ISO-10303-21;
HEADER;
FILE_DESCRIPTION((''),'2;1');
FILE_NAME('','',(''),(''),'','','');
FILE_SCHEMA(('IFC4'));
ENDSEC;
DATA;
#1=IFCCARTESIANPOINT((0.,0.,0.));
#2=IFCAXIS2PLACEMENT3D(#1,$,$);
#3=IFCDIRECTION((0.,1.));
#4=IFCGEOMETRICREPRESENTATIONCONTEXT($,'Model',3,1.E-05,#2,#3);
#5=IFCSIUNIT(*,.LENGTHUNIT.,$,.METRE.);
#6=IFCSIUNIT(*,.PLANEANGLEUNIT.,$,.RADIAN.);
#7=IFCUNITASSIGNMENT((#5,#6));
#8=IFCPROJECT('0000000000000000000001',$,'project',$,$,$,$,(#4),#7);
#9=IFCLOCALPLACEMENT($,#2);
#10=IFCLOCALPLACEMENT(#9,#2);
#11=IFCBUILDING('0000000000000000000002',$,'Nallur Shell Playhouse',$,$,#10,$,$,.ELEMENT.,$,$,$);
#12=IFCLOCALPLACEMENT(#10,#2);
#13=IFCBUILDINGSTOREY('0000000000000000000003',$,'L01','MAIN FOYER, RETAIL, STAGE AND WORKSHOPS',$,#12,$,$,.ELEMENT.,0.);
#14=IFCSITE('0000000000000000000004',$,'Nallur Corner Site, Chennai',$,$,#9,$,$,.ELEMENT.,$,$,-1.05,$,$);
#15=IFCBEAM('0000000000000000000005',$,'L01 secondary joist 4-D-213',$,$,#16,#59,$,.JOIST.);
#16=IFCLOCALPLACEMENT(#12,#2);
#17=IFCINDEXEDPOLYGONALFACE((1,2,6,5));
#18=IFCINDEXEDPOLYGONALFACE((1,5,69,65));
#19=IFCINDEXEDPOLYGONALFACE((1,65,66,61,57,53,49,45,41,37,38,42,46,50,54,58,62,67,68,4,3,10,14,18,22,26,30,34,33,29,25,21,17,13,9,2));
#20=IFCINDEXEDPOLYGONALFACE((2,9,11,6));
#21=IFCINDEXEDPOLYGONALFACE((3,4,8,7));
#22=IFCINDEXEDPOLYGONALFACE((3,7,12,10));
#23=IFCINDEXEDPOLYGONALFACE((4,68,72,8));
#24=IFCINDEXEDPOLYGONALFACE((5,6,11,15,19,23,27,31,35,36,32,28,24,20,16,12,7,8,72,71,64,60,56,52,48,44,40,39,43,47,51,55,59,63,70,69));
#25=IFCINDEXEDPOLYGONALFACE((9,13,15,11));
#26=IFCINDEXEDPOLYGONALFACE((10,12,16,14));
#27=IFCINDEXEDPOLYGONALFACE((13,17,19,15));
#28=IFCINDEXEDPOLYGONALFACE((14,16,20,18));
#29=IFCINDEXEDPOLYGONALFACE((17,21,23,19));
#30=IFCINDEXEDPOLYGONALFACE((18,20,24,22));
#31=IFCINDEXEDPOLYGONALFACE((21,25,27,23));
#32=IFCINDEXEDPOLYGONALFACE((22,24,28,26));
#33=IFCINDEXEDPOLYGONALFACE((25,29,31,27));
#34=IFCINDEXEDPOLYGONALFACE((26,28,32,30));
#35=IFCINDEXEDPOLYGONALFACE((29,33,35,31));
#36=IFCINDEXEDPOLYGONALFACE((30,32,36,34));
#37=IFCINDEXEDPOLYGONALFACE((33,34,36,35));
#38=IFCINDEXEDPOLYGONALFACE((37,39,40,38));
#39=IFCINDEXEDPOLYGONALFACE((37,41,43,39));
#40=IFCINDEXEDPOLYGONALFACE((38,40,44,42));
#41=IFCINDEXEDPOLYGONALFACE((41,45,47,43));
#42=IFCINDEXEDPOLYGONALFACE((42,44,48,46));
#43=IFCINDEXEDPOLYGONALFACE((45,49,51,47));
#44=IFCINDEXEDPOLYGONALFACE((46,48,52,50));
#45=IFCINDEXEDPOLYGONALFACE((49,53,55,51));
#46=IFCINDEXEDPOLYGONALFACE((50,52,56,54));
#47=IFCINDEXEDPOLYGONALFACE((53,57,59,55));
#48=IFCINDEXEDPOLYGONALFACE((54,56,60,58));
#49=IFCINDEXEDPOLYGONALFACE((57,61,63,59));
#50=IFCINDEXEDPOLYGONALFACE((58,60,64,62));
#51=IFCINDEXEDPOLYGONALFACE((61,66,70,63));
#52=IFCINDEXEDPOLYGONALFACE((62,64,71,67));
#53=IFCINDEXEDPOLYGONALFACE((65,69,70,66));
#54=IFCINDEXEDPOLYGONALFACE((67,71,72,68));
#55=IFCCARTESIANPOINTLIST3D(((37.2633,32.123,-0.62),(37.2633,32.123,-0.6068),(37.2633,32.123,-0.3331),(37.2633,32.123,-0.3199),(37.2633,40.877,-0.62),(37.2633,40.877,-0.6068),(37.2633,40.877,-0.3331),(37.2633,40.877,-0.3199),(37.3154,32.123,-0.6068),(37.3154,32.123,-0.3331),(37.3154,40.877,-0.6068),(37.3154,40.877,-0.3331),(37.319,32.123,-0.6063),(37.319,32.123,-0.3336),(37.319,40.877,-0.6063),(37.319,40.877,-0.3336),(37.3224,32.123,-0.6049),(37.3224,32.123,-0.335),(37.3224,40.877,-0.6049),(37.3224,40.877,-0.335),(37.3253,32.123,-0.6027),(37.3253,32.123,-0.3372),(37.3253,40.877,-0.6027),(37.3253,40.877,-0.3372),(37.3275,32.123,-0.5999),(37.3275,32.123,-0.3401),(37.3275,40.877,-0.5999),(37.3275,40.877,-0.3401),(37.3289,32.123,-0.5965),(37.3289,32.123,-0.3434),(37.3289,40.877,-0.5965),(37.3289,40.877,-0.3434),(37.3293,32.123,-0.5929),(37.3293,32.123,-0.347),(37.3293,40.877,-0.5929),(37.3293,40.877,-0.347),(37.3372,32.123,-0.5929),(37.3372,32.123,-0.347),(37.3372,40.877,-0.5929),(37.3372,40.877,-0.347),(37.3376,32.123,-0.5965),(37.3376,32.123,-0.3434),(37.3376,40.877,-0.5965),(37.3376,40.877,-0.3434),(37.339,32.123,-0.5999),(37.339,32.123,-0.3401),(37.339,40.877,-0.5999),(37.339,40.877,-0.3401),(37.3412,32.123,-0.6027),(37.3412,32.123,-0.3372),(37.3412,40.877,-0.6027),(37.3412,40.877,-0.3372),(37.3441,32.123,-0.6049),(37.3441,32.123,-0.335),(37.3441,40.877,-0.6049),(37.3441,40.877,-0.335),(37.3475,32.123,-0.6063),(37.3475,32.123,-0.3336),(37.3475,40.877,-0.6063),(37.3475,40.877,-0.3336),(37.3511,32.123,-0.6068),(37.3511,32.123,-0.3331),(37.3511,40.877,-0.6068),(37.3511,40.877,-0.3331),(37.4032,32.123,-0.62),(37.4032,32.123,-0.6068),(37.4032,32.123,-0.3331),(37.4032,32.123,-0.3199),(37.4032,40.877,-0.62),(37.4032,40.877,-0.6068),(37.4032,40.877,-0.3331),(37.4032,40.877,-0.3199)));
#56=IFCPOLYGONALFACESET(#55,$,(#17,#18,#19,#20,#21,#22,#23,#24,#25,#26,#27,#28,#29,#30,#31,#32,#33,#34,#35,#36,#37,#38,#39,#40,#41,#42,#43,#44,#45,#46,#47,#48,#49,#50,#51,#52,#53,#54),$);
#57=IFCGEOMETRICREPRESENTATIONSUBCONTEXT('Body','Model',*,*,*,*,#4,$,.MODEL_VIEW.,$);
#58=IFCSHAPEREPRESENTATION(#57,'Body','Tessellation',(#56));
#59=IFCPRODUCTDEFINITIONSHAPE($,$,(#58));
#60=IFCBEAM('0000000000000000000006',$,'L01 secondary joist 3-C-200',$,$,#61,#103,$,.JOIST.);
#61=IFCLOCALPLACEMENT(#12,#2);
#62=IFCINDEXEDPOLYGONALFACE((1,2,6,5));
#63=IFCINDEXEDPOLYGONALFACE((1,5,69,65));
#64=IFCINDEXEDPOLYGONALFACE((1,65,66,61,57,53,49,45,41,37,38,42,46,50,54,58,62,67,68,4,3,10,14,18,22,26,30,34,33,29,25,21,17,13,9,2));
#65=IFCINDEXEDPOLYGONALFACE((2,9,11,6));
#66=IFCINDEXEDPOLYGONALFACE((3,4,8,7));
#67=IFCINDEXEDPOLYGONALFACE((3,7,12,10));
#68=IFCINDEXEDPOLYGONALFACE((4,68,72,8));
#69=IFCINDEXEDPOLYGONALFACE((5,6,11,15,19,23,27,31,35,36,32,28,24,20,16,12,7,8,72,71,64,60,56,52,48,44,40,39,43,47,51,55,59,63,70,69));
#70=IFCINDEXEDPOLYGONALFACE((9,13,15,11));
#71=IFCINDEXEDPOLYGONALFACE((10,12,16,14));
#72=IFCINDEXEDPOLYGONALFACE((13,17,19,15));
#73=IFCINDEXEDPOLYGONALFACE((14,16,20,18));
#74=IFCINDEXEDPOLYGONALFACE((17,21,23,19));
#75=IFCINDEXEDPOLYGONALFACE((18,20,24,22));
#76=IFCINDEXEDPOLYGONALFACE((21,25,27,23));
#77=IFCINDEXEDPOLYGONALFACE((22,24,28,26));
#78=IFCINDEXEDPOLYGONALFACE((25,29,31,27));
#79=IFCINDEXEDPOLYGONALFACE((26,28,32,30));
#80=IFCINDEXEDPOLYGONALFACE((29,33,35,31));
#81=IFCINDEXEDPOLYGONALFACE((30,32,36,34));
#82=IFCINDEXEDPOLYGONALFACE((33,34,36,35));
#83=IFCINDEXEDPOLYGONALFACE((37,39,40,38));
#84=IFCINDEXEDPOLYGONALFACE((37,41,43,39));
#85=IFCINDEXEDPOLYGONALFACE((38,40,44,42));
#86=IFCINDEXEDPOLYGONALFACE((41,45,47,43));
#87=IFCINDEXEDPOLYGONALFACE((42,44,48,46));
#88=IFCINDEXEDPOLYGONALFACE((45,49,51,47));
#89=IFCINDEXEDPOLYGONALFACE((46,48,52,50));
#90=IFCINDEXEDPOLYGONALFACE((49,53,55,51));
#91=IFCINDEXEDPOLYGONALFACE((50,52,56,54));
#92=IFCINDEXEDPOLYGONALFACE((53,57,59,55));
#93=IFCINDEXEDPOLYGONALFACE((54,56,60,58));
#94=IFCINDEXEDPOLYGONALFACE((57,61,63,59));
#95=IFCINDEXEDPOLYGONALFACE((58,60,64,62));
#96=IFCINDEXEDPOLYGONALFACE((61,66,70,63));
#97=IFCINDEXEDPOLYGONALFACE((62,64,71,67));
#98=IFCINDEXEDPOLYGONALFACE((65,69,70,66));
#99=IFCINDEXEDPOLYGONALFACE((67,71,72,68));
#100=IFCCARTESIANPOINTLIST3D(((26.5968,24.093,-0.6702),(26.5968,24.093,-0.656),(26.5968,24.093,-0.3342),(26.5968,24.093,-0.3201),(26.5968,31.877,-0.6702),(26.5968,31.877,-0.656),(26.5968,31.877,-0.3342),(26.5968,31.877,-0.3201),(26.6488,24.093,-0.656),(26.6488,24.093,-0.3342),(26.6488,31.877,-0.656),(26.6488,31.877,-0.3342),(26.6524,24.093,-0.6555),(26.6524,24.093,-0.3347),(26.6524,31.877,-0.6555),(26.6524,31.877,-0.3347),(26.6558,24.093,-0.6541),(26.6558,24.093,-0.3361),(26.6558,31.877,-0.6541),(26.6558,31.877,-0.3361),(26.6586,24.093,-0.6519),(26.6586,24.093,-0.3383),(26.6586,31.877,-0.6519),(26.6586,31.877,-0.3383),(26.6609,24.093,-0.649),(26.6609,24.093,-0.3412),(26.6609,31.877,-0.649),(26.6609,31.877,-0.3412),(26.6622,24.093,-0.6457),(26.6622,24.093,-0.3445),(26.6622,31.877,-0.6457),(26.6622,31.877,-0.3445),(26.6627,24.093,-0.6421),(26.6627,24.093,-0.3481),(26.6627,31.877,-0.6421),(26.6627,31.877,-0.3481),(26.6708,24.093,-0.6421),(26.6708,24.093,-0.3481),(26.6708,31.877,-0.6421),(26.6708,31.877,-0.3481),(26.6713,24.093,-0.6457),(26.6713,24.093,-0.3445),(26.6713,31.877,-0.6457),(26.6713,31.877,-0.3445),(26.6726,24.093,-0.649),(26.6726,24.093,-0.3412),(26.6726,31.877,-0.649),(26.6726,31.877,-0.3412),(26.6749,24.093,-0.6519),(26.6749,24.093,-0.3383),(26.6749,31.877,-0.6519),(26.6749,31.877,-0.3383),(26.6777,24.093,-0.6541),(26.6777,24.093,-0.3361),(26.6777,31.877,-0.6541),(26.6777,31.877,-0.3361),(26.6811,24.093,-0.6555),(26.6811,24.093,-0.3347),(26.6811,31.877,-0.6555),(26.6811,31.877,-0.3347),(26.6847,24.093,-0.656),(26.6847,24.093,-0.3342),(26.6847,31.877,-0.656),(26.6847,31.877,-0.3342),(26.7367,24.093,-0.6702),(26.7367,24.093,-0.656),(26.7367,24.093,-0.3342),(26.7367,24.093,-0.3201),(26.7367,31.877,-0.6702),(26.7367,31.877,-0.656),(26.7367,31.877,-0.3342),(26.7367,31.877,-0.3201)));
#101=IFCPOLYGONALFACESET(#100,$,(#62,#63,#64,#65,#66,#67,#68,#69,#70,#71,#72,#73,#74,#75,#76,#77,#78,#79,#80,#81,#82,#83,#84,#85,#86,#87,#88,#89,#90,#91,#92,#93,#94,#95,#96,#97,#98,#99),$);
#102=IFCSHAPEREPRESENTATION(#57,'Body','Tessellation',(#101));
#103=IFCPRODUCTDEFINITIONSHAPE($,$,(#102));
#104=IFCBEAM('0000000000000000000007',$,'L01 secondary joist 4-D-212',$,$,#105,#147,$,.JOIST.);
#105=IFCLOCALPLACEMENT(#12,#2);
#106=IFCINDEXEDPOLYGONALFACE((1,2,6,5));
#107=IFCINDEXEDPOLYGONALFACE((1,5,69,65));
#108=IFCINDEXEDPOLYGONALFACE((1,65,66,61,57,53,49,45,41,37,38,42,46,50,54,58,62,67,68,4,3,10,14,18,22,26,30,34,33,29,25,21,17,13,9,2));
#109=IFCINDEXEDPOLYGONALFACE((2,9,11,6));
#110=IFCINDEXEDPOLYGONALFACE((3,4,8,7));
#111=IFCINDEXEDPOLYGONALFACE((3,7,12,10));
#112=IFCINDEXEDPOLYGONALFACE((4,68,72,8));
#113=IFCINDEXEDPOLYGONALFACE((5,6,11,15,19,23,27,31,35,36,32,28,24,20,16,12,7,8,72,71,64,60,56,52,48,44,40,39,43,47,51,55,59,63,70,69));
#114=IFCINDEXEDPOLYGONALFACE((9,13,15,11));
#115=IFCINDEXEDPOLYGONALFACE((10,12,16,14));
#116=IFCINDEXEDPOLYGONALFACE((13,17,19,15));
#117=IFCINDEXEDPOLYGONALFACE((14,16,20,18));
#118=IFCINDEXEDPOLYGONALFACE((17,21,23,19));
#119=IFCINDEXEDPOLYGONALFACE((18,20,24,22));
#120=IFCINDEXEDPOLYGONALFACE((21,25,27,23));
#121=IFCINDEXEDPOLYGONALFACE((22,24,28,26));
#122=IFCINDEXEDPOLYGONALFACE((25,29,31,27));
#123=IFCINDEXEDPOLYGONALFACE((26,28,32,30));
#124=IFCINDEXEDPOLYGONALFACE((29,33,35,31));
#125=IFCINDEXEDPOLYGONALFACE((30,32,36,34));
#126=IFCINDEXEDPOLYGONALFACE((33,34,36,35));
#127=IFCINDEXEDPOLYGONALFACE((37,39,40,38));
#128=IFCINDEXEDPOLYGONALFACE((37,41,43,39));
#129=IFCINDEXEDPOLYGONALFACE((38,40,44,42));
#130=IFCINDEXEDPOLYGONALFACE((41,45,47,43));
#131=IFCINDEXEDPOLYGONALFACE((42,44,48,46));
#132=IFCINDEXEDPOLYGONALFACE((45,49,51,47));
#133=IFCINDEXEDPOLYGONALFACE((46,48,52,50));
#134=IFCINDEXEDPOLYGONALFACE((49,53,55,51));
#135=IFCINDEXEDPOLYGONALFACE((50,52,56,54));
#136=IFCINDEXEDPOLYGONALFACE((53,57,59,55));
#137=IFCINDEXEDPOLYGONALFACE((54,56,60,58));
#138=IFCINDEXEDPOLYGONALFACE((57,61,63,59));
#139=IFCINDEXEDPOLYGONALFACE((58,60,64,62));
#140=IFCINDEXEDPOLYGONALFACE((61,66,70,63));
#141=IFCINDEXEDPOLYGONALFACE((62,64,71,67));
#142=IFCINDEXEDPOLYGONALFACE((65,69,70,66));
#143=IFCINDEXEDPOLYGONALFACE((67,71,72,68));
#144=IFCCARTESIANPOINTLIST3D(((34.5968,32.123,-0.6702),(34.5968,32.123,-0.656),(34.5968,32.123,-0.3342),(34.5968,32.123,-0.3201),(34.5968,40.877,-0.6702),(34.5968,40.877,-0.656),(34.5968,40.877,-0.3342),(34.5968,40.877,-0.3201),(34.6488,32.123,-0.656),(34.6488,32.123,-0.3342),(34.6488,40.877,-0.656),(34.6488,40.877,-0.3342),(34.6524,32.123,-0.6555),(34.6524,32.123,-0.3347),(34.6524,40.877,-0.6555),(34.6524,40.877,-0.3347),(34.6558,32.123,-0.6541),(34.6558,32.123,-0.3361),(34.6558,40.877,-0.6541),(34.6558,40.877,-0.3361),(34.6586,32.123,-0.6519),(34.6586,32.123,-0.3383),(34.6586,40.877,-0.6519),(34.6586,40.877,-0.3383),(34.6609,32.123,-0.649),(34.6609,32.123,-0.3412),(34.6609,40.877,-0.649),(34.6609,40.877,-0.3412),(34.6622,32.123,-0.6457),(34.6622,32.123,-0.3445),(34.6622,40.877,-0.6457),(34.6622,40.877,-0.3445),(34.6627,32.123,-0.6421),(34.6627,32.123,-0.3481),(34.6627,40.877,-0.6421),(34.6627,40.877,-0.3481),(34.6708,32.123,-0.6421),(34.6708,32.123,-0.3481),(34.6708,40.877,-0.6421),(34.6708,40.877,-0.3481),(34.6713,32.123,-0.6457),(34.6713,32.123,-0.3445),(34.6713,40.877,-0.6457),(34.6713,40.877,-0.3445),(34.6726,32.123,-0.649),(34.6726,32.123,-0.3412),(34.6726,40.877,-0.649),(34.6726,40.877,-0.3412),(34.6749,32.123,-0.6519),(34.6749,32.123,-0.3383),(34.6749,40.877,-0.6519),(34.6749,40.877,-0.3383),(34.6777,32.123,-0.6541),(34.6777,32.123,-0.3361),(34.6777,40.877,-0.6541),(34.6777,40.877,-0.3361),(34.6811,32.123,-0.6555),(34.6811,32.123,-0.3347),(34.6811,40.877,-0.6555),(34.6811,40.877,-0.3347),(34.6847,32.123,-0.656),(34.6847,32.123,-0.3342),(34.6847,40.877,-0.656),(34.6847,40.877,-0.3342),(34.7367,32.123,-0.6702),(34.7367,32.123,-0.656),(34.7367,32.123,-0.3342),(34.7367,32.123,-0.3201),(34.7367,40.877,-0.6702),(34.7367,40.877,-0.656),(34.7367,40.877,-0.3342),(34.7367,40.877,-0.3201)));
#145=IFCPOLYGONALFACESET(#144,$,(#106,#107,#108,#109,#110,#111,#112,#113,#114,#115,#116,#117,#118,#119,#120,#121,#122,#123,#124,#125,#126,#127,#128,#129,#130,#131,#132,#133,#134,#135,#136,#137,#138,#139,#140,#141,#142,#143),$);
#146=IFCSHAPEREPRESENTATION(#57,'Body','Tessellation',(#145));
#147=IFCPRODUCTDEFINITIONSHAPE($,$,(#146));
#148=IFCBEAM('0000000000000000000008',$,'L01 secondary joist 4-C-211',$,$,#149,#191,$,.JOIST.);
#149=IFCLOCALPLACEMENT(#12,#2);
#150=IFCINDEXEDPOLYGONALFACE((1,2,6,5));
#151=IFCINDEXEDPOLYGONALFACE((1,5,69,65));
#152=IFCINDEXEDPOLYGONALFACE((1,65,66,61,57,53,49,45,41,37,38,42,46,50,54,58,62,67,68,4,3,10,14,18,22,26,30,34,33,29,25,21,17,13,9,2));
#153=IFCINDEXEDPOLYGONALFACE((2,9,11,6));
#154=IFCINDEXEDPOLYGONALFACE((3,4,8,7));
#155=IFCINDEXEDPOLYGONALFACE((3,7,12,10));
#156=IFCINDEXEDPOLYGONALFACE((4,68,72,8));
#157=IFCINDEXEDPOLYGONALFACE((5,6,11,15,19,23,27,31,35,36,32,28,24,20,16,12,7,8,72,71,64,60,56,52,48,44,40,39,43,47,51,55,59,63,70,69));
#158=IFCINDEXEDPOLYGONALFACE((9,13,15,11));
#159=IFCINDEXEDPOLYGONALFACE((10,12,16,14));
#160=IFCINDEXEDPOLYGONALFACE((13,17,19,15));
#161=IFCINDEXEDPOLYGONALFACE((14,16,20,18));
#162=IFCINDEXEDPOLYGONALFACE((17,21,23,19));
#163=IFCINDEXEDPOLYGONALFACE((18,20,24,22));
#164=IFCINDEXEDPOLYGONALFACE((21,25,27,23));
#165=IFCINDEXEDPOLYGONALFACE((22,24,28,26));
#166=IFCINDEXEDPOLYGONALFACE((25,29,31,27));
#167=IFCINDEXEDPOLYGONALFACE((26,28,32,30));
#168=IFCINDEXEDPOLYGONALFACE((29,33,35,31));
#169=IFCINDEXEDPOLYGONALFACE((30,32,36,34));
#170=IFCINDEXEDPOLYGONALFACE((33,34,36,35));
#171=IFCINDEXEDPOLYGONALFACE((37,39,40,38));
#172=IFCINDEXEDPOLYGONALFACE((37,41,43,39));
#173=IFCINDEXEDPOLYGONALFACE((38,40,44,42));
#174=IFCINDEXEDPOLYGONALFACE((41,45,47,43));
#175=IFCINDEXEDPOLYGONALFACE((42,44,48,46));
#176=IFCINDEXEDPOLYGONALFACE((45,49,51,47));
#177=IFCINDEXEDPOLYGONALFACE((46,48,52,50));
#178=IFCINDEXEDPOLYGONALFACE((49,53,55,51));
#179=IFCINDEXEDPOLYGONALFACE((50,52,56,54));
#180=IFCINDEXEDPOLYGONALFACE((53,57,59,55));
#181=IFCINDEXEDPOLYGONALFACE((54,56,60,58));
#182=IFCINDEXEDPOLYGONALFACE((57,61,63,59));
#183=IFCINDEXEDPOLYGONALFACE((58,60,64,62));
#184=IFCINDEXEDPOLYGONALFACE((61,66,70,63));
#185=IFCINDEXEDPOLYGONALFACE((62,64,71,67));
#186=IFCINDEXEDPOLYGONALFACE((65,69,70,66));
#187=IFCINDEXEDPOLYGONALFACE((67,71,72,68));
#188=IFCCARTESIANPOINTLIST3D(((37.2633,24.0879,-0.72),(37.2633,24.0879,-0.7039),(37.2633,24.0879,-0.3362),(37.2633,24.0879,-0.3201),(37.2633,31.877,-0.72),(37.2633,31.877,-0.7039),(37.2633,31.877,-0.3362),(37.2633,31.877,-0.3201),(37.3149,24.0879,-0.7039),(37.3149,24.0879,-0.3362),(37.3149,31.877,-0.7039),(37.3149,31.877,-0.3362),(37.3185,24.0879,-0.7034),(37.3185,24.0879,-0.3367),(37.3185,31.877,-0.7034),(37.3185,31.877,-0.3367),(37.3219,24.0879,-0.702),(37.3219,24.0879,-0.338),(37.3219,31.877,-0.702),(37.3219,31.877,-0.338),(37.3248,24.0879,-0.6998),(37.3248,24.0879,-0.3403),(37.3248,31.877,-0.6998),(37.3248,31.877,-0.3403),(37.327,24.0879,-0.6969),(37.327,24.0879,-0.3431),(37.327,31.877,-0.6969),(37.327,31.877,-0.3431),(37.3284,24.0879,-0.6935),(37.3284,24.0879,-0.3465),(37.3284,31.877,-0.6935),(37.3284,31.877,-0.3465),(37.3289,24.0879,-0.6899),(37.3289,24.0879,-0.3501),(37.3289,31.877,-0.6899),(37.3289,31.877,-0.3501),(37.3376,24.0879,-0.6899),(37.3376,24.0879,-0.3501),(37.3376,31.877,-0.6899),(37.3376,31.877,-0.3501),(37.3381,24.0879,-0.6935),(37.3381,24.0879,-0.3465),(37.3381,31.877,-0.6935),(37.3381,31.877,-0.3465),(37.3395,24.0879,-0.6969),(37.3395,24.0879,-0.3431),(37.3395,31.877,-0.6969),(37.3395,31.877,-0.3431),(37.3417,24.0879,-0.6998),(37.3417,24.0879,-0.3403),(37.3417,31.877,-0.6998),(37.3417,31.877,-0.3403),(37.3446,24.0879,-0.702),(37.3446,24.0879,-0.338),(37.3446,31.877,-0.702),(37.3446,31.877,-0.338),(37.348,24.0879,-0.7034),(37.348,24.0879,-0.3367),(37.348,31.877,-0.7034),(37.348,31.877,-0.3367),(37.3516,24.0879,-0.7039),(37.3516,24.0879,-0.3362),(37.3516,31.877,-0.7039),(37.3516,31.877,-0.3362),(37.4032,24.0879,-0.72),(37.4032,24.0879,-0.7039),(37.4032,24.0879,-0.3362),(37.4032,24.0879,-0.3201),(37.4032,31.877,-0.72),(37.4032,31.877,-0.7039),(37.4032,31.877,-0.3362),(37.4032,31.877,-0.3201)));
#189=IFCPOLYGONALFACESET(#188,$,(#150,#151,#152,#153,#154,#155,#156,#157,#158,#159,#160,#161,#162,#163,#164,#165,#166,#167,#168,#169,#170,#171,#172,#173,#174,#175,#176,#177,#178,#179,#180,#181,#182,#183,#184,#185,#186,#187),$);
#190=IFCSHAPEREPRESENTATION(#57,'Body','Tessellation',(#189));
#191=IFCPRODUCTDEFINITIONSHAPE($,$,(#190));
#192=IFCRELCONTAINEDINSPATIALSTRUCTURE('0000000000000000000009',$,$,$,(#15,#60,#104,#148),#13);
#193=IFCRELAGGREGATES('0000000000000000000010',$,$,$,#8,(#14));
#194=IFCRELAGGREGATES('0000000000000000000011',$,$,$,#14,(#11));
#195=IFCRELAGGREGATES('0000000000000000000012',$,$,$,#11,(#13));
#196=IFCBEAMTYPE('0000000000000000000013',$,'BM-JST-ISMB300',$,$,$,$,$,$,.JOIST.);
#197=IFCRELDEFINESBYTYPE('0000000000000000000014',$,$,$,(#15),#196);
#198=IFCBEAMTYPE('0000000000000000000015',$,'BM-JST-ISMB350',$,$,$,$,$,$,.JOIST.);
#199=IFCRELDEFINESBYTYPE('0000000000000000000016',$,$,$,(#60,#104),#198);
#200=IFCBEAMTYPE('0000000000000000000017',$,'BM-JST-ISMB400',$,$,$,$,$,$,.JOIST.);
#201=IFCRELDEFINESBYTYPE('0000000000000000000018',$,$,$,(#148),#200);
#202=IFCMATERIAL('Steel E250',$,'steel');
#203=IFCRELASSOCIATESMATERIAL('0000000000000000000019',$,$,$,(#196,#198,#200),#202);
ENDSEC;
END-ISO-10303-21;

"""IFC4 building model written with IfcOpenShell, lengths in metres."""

from ifc_helpers import new_model, si_unit, direction, frame, origin, origin_2d, place, context, subcontext, project, spatial, i_section, extrude, material, material_profile, profile_set, type_object, element, save


model = new_model("IFC4")

# Units and contexts
model_context = context("Model", 3, precision=1e-05, world=origin(), true_north=direction((0.0, 1.0)))
body_context = subcontext(model_context, "Body", "Model", "MODEL_VIEW")
ifc_project = project(units=[si_unit("LENGTHUNIT", "METRE"), si_unit("PLANEANGLEUNIT", "RADIAN")], contexts=[model_context])

# Site, building, storey
site_placement = place(None, origin())
site = spatial("IfcSite", under=ifc_project, at=site_placement, Name="Nallur Corner Site, Chennai", CompositionType="ELEMENT", RefElevation=-1.05)
building_placement = place(site_placement, origin())
building = spatial("IfcBuilding", under=site, at=building_placement, Name="Nallur Shell Playhouse", CompositionType="ELEMENT")
storey_placement = place(building_placement, origin())
storey = spatial("IfcBuildingStorey", under=building, at=storey_placement, Name="L01", Description="MAIN FOYER, RETAIL, STAGE AND WORKSHOPS", CompositionType="ELEMENT", Elevation=0.0)

# Beams
ifc_material_1 = material(Name="Steel E250", Category="steel")
ifc_material_profile_1 = material_profile(ifc_material_1, i_section(OverallWidth=0.1399, OverallDepth=0.3, WebThickness=0.0078, FlangeThickness=0.0132, FilletRadius=0.0139, at=origin_2d()), Name="ISMB 300")
ifc_profile_set_1 = profile_set([ifc_material_profile_1], Name="Steel E250")
beam_type_1 = type_object("IfcBeamType", Name="BM-JST-ISMB300", PredefinedType="JOIST", material=ifc_profile_set_1)
beam_1_placement = place(storey_placement, frame((37.3333, 32.123, -0.47), z_axis=(0.0, 1.0, 0.0), x_axis=(-1.0, 0.0, 0.0)))
element("IfcBeam", 1, at=beam_1_placement, inside=storey, type_object=beam_type_1, Name="L01 secondary joist 4-D-213", PredefinedType="JOIST", context=body_context, shape_type="SweptSolid", body=[
    extrude(i_section(OverallWidth=0.1399, OverallDepth=0.3, WebThickness=0.0078, FlangeThickness=0.0132, FilletRadius=0.0139, at=origin_2d()), origin(), (0.0, 0.0, 1.0), 8.7539),
])
ifc_material_profile_2 = material_profile(ifc_material_1, i_section(OverallWidth=0.1399, OverallDepth=0.3501, WebThickness=0.0081, FlangeThickness=0.0142, FilletRadius=0.0139, at=origin_2d()), Name="ISMB 350")
ifc_profile_set_2 = profile_set([ifc_material_profile_2], Name="Steel E250")
beam_type_2 = type_object("IfcBeamType", Name="BM-JST-ISMB350", PredefinedType="JOIST", material=ifc_profile_set_2)
beam_2_placement = place(storey_placement, frame((26.6667, 24.093, -0.4951), z_axis=(0.0, 1.0, 0.0), x_axis=(-1.0, 0.0, 0.0)))
element("IfcBeam", 2, at=beam_2_placement, inside=storey, type_object=beam_type_2, Name="L01 secondary joist 3-C-200", PredefinedType="JOIST", context=body_context, shape_type="SweptSolid", body=[
    extrude(i_section(OverallWidth=0.1399, OverallDepth=0.3501, WebThickness=0.0081, FlangeThickness=0.0142, FilletRadius=0.0139, at=origin_2d()), origin(), (0.0, 0.0, 1.0), 7.7839),
])
beam_3_placement = place(storey_placement, frame((34.6667, 32.123, -0.4951), z_axis=(0.0, 1.0, 0.0), x_axis=(-1.0, 0.0, 0.0)))
element("IfcBeam", 3, at=beam_3_placement, inside=storey, type_object=beam_type_2, Name="L01 secondary joist 4-D-212", PredefinedType="JOIST", context=body_context, shape_type="SweptSolid", body=[
    extrude(i_section(OverallWidth=0.1399, OverallDepth=0.3501, WebThickness=0.0081, FlangeThickness=0.0142, FilletRadius=0.0139, at=origin_2d()), origin(), (0.0, 0.0, 1.0), 8.7539),
])
ifc_material_profile_3 = material_profile(ifc_material_1, i_section(OverallWidth=0.1399, OverallDepth=0.3999, WebThickness=0.0088, FlangeThickness=0.0161, FilletRadius=0.0139, at=origin_2d()), Name="ISMB 400")
ifc_profile_set_3 = profile_set([ifc_material_profile_3], Name="Steel E250")
beam_type_3 = type_object("IfcBeamType", Name="BM-JST-ISMB400", PredefinedType="JOIST", material=ifc_profile_set_3)
beam_4_placement = place(storey_placement, frame((37.3333, 24.0879, -0.52), z_axis=(0.0, 1.0, 0.0), x_axis=(-1.0, 0.0, 0.0)))
element("IfcBeam", 4, at=beam_4_placement, inside=storey, type_object=beam_type_3, Name="L01 secondary joist 4-C-211", PredefinedType="JOIST", context=body_context, shape_type="SweptSolid", body=[
    extrude(i_section(OverallWidth=0.1399, OverallDepth=0.3999, WebThickness=0.0088, FlangeThickness=0.0161, FilletRadius=0.0139, at=origin_2d()), origin(), (0.0, 0.0, 1.0), 7.7891),
])

save(model, "model.ifc")
